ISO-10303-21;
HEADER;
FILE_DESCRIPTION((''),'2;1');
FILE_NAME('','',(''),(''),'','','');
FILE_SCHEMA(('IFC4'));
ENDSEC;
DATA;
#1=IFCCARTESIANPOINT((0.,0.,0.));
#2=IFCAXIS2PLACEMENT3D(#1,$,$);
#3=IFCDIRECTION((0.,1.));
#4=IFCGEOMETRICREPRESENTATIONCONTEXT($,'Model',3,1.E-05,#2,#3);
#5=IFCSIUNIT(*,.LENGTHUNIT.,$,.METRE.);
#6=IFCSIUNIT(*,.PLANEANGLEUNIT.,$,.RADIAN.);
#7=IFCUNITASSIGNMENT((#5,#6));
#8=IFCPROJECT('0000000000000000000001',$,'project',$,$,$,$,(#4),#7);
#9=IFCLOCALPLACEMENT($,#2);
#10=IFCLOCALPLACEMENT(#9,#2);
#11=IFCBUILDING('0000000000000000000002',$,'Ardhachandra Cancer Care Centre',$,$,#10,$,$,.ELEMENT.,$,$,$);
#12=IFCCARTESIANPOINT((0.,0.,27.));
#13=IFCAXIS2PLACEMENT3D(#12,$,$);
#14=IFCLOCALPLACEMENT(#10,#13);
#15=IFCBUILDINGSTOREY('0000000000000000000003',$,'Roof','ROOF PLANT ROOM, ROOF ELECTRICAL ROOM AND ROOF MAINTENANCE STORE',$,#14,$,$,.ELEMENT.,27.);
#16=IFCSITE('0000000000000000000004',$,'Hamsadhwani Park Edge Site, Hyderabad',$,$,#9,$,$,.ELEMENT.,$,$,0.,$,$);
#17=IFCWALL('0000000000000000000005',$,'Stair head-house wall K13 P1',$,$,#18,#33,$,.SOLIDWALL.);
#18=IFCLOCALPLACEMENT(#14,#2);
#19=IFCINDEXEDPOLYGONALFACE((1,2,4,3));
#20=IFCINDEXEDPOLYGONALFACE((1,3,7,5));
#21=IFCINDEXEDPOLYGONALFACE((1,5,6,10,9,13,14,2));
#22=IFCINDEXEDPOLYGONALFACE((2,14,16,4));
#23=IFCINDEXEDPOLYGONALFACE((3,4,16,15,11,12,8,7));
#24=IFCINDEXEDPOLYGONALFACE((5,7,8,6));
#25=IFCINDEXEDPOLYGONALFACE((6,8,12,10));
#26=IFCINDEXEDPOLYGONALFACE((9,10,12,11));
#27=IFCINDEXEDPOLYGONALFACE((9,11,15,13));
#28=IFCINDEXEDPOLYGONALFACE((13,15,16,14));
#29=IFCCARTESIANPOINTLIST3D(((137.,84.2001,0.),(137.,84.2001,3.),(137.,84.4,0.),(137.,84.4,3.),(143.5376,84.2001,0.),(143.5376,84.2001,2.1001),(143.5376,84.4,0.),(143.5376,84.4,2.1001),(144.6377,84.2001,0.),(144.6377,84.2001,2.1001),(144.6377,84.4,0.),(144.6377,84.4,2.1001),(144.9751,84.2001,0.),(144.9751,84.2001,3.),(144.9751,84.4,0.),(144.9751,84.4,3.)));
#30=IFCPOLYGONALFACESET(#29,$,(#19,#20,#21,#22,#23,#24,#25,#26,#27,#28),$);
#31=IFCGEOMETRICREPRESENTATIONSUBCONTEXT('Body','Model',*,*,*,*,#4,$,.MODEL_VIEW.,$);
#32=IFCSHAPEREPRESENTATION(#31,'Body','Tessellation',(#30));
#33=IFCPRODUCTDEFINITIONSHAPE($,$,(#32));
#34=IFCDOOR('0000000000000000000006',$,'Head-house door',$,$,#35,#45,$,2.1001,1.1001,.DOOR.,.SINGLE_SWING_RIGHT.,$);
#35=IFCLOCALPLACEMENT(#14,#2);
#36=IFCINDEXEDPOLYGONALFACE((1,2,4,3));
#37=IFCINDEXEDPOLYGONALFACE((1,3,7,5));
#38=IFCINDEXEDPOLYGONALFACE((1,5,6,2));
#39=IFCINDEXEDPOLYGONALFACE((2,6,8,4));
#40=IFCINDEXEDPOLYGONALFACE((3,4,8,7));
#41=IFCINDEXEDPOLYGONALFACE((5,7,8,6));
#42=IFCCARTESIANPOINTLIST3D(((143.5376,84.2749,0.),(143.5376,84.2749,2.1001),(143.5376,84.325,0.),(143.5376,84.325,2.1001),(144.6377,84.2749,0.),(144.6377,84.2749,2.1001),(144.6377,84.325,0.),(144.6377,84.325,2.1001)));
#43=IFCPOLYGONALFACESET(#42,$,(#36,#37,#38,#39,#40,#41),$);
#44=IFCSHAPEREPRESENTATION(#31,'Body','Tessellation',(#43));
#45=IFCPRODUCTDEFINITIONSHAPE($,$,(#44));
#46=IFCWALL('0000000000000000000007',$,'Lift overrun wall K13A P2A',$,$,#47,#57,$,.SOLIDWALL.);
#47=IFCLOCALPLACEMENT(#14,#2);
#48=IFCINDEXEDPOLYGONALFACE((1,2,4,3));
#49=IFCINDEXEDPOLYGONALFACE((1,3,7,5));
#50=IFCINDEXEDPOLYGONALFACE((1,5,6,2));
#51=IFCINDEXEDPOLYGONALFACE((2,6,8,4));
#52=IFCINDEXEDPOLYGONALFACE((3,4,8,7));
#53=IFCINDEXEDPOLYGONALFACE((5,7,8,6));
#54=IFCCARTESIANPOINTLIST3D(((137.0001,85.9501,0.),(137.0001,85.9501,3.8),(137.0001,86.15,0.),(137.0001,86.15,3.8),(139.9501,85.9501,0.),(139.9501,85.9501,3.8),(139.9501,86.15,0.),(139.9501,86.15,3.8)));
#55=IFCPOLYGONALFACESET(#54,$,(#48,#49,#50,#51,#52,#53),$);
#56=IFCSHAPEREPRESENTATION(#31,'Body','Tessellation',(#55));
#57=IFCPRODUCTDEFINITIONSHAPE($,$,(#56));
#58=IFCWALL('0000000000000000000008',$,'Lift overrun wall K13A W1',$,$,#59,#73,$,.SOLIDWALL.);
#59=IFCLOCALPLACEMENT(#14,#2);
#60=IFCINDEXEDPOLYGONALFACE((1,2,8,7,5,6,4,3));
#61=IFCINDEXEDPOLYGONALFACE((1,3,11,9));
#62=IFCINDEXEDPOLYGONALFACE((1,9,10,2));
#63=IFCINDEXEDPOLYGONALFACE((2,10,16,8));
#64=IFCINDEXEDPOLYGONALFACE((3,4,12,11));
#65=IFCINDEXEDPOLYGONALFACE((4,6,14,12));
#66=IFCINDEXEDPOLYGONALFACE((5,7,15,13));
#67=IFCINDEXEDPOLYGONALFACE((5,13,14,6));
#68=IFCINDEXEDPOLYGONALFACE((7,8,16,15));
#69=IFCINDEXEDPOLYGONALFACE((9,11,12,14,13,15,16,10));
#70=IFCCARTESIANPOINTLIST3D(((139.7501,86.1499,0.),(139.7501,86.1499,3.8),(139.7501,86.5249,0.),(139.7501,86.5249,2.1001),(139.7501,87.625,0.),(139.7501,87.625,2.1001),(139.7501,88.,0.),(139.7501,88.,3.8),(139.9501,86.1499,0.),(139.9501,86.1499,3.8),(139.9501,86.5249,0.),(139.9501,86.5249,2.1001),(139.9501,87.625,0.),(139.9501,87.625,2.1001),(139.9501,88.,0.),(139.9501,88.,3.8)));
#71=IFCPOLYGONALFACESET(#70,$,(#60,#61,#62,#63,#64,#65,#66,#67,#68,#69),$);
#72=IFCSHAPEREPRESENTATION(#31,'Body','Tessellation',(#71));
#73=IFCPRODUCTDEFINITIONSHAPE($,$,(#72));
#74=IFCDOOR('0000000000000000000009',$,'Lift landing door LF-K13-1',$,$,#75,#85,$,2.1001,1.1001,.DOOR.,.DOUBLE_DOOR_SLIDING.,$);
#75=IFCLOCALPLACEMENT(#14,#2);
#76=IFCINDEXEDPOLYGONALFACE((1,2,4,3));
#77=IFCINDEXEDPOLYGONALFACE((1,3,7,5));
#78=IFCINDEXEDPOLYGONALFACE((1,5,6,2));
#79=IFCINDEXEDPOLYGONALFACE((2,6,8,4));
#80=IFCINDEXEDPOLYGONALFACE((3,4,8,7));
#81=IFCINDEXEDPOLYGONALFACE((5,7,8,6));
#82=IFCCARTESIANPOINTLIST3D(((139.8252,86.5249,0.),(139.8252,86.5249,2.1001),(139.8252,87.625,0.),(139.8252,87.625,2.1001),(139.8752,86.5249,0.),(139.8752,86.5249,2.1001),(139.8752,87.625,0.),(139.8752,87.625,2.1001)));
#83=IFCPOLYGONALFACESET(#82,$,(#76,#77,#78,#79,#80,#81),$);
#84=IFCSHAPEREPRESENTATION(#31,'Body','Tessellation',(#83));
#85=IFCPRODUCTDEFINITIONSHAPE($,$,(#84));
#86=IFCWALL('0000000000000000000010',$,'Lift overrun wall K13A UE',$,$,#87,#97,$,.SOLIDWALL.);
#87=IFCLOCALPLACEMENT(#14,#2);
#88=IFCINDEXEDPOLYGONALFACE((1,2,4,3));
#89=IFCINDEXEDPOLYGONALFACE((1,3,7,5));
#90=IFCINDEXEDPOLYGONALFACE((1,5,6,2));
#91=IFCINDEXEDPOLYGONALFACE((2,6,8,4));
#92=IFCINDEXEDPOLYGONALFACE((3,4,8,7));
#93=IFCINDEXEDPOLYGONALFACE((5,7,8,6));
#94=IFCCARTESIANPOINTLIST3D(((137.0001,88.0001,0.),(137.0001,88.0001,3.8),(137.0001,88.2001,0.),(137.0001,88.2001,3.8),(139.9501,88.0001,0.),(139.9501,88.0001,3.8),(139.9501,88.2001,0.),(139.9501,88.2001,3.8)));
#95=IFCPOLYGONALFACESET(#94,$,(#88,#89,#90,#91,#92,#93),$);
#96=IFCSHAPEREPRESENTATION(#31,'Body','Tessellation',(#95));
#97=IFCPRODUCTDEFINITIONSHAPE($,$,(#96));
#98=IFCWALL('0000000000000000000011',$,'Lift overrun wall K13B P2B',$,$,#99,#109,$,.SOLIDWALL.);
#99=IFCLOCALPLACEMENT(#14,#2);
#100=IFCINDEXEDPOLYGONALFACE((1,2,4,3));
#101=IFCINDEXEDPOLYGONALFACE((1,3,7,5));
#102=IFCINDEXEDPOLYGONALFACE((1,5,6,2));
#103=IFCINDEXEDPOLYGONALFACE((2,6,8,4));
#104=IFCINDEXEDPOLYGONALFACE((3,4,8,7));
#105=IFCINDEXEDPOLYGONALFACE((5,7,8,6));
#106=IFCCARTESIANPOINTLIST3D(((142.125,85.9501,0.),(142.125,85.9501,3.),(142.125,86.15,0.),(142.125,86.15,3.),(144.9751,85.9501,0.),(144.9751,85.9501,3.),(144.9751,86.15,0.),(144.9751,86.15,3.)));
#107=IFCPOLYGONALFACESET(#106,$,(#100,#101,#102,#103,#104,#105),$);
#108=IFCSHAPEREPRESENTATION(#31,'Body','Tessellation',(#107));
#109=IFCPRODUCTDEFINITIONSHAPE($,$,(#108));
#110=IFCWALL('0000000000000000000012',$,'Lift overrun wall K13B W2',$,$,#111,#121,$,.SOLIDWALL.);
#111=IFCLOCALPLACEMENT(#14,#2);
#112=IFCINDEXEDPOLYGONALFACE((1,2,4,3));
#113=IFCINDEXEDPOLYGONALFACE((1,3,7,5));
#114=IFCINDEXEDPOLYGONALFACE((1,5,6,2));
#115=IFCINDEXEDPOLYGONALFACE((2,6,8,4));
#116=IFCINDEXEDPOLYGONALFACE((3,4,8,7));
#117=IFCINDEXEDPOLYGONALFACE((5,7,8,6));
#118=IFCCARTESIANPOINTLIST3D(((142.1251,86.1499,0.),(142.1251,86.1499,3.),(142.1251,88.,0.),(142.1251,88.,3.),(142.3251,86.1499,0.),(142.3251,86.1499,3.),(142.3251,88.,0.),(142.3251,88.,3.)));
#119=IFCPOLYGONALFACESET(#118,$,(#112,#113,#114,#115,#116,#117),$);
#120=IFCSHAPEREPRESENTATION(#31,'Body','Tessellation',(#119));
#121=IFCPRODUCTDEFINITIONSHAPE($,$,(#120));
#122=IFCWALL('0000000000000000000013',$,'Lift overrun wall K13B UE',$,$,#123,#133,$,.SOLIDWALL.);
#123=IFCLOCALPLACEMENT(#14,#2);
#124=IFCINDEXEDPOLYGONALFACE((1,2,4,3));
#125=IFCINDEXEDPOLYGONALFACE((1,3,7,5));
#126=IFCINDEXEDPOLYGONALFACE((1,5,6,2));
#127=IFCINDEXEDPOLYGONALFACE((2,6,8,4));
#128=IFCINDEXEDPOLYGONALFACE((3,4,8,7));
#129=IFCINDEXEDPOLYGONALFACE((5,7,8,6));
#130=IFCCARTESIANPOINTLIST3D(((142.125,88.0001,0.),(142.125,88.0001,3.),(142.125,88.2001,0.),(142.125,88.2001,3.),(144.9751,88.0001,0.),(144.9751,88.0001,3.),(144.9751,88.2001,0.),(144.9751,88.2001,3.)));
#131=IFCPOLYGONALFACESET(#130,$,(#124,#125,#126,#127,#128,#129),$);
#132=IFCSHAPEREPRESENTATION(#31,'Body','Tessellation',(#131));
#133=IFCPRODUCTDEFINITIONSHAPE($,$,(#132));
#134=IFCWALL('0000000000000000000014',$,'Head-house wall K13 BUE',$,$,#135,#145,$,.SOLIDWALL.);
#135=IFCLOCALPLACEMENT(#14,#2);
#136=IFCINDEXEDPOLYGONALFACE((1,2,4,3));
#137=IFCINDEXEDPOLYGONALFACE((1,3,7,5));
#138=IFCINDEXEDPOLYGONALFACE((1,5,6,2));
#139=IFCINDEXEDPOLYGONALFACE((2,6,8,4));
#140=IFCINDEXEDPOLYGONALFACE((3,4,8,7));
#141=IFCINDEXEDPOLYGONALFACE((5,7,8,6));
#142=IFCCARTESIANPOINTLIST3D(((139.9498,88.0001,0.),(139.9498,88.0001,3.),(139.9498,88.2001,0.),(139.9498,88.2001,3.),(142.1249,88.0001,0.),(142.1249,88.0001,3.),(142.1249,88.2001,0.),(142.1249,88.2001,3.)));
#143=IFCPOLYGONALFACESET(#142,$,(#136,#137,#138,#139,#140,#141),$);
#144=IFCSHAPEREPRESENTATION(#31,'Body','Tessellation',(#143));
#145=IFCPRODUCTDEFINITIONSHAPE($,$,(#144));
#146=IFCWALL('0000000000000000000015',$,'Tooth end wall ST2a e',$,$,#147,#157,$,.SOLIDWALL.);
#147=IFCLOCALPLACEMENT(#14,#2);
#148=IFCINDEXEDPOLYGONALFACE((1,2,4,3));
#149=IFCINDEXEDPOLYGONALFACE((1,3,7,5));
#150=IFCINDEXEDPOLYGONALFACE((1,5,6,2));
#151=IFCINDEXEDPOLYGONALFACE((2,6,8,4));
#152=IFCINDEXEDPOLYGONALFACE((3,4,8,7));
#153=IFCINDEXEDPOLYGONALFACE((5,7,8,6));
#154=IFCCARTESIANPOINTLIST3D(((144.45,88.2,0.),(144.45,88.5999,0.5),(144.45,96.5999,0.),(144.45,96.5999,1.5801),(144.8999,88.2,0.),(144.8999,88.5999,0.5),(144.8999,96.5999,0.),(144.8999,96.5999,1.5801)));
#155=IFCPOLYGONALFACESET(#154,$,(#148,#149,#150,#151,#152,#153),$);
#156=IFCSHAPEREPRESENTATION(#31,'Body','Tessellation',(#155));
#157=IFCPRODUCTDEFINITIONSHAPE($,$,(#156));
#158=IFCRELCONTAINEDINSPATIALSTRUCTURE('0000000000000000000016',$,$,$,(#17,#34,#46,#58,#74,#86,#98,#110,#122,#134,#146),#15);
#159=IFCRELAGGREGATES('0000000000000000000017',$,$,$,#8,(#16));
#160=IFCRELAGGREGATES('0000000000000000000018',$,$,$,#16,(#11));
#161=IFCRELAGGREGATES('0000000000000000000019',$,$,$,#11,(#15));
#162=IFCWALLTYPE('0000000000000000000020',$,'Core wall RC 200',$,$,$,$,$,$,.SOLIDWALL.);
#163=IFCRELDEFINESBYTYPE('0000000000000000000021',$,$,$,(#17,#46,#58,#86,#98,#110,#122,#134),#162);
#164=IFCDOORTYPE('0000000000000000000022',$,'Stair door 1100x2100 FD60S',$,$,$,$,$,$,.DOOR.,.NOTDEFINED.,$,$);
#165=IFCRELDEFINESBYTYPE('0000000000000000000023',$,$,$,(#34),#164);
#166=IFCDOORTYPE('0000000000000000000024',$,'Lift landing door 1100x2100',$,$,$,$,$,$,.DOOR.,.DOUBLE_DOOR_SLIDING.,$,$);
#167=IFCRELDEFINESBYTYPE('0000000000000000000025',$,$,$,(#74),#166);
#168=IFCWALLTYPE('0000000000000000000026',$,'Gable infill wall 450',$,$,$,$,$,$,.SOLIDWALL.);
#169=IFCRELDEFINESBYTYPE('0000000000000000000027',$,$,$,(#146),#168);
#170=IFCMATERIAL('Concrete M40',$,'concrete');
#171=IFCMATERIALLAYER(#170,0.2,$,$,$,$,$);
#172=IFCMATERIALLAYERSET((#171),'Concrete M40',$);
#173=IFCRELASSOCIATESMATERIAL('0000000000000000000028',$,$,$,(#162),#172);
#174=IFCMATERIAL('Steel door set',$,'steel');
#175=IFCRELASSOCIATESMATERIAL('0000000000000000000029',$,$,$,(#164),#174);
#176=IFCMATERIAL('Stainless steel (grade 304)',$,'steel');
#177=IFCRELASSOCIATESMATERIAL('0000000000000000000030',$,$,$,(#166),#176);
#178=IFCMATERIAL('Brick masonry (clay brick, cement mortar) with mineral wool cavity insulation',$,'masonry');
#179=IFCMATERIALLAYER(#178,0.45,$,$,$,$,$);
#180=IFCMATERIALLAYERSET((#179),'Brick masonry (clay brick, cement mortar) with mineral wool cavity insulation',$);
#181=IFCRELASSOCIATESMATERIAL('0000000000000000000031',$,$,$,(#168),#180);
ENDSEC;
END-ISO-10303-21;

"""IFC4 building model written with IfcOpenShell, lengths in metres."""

from ifc_helpers import new_model, si_unit, direction, frame, frame_2d, origin, place, context, subcontext, project, spatial, polyline, rectangle, outline, extrude, material, layer, layer_set, type_object, element, fill, save


model = new_model("IFC4")

# Units and contexts
model_context = context("Model", 3, precision=1e-05, world=origin(), true_north=direction((0.0, 1.0)))
body_context = subcontext(model_context, "Body", "Model", "MODEL_VIEW")
ifc_project = project(units=[si_unit("LENGTHUNIT", "METRE"), si_unit("PLANEANGLEUNIT", "RADIAN")], contexts=[model_context])

# Site, building, storey
site_placement = place(None, origin())
site = spatial("IfcSite", under=ifc_project, at=site_placement, Name="Hamsadhwani Park Edge Site, Hyderabad", CompositionType="ELEMENT", RefElevation=0.0)
building_placement = place(site_placement, origin())
building = spatial("IfcBuilding", under=site, at=building_placement, Name="Ardhachandra Cancer Care Centre", CompositionType="ELEMENT")
storey_placement = place(building_placement, frame((0.0, 0.0, 27.0)))
storey = spatial("IfcBuildingStorey", under=building, at=storey_placement, Name="Roof", Description="ROOF PLANT ROOM, ROOF ELECTRICAL ROOM AND ROOF MAINTENANCE STORE", CompositionType="ELEMENT", Elevation=27.0)

# Shared definitions
ifc_material_1 = material(Name="Concrete M40", Category="concrete")
ifc_layer_1 = layer(ifc_material_1, 0.2)
ifc_layer_set_1 = layer_set([ifc_layer_1], Name="Concrete M40")
wall_type_1 = type_object("IfcWallType", Name="Core wall RC 200", PredefinedType="SOLIDWALL", material=ifc_layer_set_1)

# Wall, opening, door
wall_1_placement = place(storey_placement, frame((137.0, 84.3, 0.0), z_axis=(0.0, 0.0, 1.0), x_axis=(1.0, 0.0, 0.0)))
wall_1 = element("IfcWall", 1, at=wall_1_placement, inside=storey, type_object=wall_type_1, Name="Stair head-house wall K13 P1", PredefinedType="SOLIDWALL", context=body_context, shape_type="SweptSolid", body=[
    extrude(rectangle(XDim=7.9751, YDim=0.2, at=frame_2d((3.9875, 0.0))), origin(), (0.0, 0.0, 1.0), 3.0),
])
opening_1_placement = place(wall_1_placement, frame((6.5376, 0.0, 0.0)))
opening_1 = element("IfcOpeningElement", 2, at=opening_1_placement, cuts=wall_1, PredefinedType="OPENING", context=body_context, shape_type="SweptSolid", body=[
    extrude(rectangle(XDim=1.1001, YDim=2.1001, at=frame_2d((0.55, 1.05))), frame((0.0, 0.1099, 0.0), z_axis=(0.0, -1.0, 0.0), x_axis=(1.0, 0.0, 0.0)), (0.0, 0.0, 1.0), 0.22),
])
ifc_material_2 = material(Name="Steel door set", Category="steel")
door_type_1 = type_object("IfcDoorType", Name="Stair door 1100x2100 FD60S", OperationType="NOTDEFINED", PredefinedType="DOOR", material=ifc_material_2)
door_1_placement = place(opening_1_placement, origin())
door_1 = element("IfcDoor", 3, at=door_1_placement, inside=storey, type_object=door_type_1, Name="Head-house door", OperationType="SINGLE_SWING_RIGHT", OverallHeight=2.1001, OverallWidth=1.1001, PredefinedType="DOOR", context=body_context, shape_type="SweptSolid", body=[
    extrude(rectangle(XDim=1.1001, YDim=2.1001, at=frame_2d((0.55, 1.05))), frame((0.0, 0.0249, 0.0), z_axis=(0.0, -1.0, 0.0), x_axis=(1.0, 0.0, 0.0)), (0.0, 0.0, 1.0), 0.05),
])
fill(opening_1, door_1)

# Wall
wall_2_placement = place(storey_placement, frame((137.0, 86.05, 0.0), z_axis=(0.0, 0.0, 1.0), x_axis=(1.0, 0.0, 0.0)))
element("IfcWall", 4, at=wall_2_placement, inside=storey, type_object=wall_type_1, Name="Lift overrun wall K13A P2A", PredefinedType="SOLIDWALL", context=body_context, shape_type="SweptSolid", body=[
    extrude(rectangle(XDim=2.95, YDim=0.2, at=frame_2d((1.4751, 0.0))), origin(), (0.0, 0.0, 1.0), 3.8),
])

# Wall, opening, door
wall_3_placement = place(storey_placement, frame((139.8501, 86.1499, 0.0), z_axis=(0.0, 0.0, 1.0), x_axis=(0.0, 1.0, 0.0)))
wall_3 = element("IfcWall", 5, at=wall_3_placement, inside=storey, type_object=wall_type_1, Name="Lift overrun wall K13A W1", PredefinedType="SOLIDWALL", context=body_context, shape_type="SweptSolid", body=[
    extrude(rectangle(XDim=1.8501, YDim=0.2, at=frame_2d((0.925, 0.0))), origin(), (0.0, 0.0, 1.0), 3.8),
])
opening_2_placement = place(wall_3_placement, frame((0.375, 0.0, 0.0)))
opening_2 = element("IfcOpeningElement", 6, at=opening_2_placement, cuts=wall_3, PredefinedType="OPENING", context=body_context, shape_type="SweptSolid", body=[
    extrude(rectangle(XDim=1.1001, YDim=2.1001, at=frame_2d((0.55, 1.05))), frame((0.0, 0.1099, 0.0), z_axis=(0.0, -1.0, 0.0), x_axis=(1.0, 0.0, 0.0)), (0.0, 0.0, 1.0), 0.22),
])
ifc_material_3 = material(Name="Stainless steel (grade 304)", Category="steel")
door_type_2 = type_object("IfcDoorType", Name="Lift landing door 1100x2100", OperationType="DOUBLE_DOOR_SLIDING", PredefinedType="DOOR", material=ifc_material_3)
door_2_placement = place(opening_2_placement, origin())
door_2 = element("IfcDoor", 7, at=door_2_placement, inside=storey, type_object=door_type_2, Name="Lift landing door LF-K13-1", OperationType="DOUBLE_DOOR_SLIDING", OverallHeight=2.1001, OverallWidth=1.1001, PredefinedType="DOOR", context=body_context, shape_type="SweptSolid", body=[
    extrude(rectangle(XDim=1.1001, YDim=2.1001, at=frame_2d((0.55, 1.05))), frame((0.0, 0.0249, 0.0), z_axis=(0.0, -1.0, 0.0), x_axis=(1.0, 0.0, 0.0)), (0.0, 0.0, 1.0), 0.05),
])
fill(opening_2, door_2)

# Walls
wall_4_placement = place(storey_placement, frame((137.0, 88.1001, 0.0), z_axis=(0.0, 0.0, 1.0), x_axis=(1.0, 0.0, 0.0)))
element("IfcWall", 8, at=wall_4_placement, inside=storey, type_object=wall_type_1, Name="Lift overrun wall K13A UE", PredefinedType="SOLIDWALL", context=body_context, shape_type="SweptSolid", body=[
    extrude(rectangle(XDim=2.95, YDim=0.2, at=frame_2d((1.4751, 0.0))), origin(), (0.0, 0.0, 1.0), 3.8),
])
wall_5_placement = place(storey_placement, frame((142.125, 86.05, 0.0), z_axis=(0.0, 0.0, 1.0), x_axis=(1.0, 0.0, 0.0)))
element("IfcWall", 9, at=wall_5_placement, inside=storey, type_object=wall_type_1, Name="Lift overrun wall K13B P2B", PredefinedType="SOLIDWALL", context=body_context, shape_type="SweptSolid", body=[
    extrude(rectangle(XDim=2.8501, YDim=0.2, at=frame_2d((1.425, 0.0))), origin(), (0.0, 0.0, 1.0), 3.0),
])
wall_6_placement = place(storey_placement, frame((142.2251, 86.1499, 0.0), z_axis=(0.0, 0.0, 1.0), x_axis=(0.0, 1.0, 0.0)))
element("IfcWall", 10, at=wall_6_placement, inside=storey, type_object=wall_type_1, Name="Lift overrun wall K13B W2", PredefinedType="SOLIDWALL", context=body_context, shape_type="SweptSolid", body=[
    extrude(rectangle(XDim=1.8501, YDim=0.2, at=frame_2d((0.925, 0.0))), origin(), (0.0, 0.0, 1.0), 3.0),
])
wall_7_placement = place(storey_placement, frame((142.125, 88.1001, 0.0), z_axis=(0.0, 0.0, 1.0), x_axis=(1.0, 0.0, 0.0)))
element("IfcWall", 11, at=wall_7_placement, inside=storey, type_object=wall_type_1, Name="Lift overrun wall K13B UE", PredefinedType="SOLIDWALL", context=body_context, shape_type="SweptSolid", body=[
    extrude(rectangle(XDim=2.8501, YDim=0.2, at=frame_2d((1.425, 0.0))), origin(), (0.0, 0.0, 1.0), 3.0),
])
wall_8_placement = place(storey_placement, frame((139.95, 88.1001, 0.0), z_axis=(0.0, 0.0, 1.0), x_axis=(1.0, 0.0, 0.0)))
element("IfcWall", 12, at=wall_8_placement, inside=storey, type_object=wall_type_1, Name="Head-house wall K13 BUE", PredefinedType="SOLIDWALL", context=body_context, shape_type="SweptSolid", body=[
    extrude(rectangle(XDim=2.175, YDim=0.2, at=frame_2d((1.0874, 0.0))), origin(), (0.0, 0.0, 1.0), 3.0),
])
ifc_material_4 = material(Name="Brick masonry (clay brick, cement mortar) with mineral wool cavity insulation", Category="masonry")
ifc_layer_2 = layer(ifc_material_4, 0.45)
ifc_layer_set_2 = layer_set([ifc_layer_2], Name="Brick masonry (clay brick, cement mortar) with mineral wool cavity insulation")
wall_type_2 = type_object("IfcWallType", Name="Gable infill wall 450", PredefinedType="SOLIDWALL", material=ifc_layer_set_2)
wall_9_placement = place(storey_placement, frame((144.675, 88.2, 0.0), z_axis=(0.0, 0.0, 1.0), x_axis=(0.0, 1.0, 0.0)))
element("IfcWall", 13, at=wall_9_placement, inside=storey, type_object=wall_type_2, Name="Tooth end wall ST2a e", PredefinedType="SOLIDWALL", context=body_context, shape_type="SweptSolid", body=[
    extrude(outline(polyline([(0.0, 0.0), (8.3999, 0.0), (8.3999, 1.5801), (0.3999, 0.5), (0.0, 0.0)])), frame((0.0, 0.2251, 0.0), z_axis=(0.0, -1.0, 0.0), x_axis=(1.0, 0.0, 0.0)), (0.0, 0.0, 1.0), 0.45),
])

save(model, "model.ifc")
